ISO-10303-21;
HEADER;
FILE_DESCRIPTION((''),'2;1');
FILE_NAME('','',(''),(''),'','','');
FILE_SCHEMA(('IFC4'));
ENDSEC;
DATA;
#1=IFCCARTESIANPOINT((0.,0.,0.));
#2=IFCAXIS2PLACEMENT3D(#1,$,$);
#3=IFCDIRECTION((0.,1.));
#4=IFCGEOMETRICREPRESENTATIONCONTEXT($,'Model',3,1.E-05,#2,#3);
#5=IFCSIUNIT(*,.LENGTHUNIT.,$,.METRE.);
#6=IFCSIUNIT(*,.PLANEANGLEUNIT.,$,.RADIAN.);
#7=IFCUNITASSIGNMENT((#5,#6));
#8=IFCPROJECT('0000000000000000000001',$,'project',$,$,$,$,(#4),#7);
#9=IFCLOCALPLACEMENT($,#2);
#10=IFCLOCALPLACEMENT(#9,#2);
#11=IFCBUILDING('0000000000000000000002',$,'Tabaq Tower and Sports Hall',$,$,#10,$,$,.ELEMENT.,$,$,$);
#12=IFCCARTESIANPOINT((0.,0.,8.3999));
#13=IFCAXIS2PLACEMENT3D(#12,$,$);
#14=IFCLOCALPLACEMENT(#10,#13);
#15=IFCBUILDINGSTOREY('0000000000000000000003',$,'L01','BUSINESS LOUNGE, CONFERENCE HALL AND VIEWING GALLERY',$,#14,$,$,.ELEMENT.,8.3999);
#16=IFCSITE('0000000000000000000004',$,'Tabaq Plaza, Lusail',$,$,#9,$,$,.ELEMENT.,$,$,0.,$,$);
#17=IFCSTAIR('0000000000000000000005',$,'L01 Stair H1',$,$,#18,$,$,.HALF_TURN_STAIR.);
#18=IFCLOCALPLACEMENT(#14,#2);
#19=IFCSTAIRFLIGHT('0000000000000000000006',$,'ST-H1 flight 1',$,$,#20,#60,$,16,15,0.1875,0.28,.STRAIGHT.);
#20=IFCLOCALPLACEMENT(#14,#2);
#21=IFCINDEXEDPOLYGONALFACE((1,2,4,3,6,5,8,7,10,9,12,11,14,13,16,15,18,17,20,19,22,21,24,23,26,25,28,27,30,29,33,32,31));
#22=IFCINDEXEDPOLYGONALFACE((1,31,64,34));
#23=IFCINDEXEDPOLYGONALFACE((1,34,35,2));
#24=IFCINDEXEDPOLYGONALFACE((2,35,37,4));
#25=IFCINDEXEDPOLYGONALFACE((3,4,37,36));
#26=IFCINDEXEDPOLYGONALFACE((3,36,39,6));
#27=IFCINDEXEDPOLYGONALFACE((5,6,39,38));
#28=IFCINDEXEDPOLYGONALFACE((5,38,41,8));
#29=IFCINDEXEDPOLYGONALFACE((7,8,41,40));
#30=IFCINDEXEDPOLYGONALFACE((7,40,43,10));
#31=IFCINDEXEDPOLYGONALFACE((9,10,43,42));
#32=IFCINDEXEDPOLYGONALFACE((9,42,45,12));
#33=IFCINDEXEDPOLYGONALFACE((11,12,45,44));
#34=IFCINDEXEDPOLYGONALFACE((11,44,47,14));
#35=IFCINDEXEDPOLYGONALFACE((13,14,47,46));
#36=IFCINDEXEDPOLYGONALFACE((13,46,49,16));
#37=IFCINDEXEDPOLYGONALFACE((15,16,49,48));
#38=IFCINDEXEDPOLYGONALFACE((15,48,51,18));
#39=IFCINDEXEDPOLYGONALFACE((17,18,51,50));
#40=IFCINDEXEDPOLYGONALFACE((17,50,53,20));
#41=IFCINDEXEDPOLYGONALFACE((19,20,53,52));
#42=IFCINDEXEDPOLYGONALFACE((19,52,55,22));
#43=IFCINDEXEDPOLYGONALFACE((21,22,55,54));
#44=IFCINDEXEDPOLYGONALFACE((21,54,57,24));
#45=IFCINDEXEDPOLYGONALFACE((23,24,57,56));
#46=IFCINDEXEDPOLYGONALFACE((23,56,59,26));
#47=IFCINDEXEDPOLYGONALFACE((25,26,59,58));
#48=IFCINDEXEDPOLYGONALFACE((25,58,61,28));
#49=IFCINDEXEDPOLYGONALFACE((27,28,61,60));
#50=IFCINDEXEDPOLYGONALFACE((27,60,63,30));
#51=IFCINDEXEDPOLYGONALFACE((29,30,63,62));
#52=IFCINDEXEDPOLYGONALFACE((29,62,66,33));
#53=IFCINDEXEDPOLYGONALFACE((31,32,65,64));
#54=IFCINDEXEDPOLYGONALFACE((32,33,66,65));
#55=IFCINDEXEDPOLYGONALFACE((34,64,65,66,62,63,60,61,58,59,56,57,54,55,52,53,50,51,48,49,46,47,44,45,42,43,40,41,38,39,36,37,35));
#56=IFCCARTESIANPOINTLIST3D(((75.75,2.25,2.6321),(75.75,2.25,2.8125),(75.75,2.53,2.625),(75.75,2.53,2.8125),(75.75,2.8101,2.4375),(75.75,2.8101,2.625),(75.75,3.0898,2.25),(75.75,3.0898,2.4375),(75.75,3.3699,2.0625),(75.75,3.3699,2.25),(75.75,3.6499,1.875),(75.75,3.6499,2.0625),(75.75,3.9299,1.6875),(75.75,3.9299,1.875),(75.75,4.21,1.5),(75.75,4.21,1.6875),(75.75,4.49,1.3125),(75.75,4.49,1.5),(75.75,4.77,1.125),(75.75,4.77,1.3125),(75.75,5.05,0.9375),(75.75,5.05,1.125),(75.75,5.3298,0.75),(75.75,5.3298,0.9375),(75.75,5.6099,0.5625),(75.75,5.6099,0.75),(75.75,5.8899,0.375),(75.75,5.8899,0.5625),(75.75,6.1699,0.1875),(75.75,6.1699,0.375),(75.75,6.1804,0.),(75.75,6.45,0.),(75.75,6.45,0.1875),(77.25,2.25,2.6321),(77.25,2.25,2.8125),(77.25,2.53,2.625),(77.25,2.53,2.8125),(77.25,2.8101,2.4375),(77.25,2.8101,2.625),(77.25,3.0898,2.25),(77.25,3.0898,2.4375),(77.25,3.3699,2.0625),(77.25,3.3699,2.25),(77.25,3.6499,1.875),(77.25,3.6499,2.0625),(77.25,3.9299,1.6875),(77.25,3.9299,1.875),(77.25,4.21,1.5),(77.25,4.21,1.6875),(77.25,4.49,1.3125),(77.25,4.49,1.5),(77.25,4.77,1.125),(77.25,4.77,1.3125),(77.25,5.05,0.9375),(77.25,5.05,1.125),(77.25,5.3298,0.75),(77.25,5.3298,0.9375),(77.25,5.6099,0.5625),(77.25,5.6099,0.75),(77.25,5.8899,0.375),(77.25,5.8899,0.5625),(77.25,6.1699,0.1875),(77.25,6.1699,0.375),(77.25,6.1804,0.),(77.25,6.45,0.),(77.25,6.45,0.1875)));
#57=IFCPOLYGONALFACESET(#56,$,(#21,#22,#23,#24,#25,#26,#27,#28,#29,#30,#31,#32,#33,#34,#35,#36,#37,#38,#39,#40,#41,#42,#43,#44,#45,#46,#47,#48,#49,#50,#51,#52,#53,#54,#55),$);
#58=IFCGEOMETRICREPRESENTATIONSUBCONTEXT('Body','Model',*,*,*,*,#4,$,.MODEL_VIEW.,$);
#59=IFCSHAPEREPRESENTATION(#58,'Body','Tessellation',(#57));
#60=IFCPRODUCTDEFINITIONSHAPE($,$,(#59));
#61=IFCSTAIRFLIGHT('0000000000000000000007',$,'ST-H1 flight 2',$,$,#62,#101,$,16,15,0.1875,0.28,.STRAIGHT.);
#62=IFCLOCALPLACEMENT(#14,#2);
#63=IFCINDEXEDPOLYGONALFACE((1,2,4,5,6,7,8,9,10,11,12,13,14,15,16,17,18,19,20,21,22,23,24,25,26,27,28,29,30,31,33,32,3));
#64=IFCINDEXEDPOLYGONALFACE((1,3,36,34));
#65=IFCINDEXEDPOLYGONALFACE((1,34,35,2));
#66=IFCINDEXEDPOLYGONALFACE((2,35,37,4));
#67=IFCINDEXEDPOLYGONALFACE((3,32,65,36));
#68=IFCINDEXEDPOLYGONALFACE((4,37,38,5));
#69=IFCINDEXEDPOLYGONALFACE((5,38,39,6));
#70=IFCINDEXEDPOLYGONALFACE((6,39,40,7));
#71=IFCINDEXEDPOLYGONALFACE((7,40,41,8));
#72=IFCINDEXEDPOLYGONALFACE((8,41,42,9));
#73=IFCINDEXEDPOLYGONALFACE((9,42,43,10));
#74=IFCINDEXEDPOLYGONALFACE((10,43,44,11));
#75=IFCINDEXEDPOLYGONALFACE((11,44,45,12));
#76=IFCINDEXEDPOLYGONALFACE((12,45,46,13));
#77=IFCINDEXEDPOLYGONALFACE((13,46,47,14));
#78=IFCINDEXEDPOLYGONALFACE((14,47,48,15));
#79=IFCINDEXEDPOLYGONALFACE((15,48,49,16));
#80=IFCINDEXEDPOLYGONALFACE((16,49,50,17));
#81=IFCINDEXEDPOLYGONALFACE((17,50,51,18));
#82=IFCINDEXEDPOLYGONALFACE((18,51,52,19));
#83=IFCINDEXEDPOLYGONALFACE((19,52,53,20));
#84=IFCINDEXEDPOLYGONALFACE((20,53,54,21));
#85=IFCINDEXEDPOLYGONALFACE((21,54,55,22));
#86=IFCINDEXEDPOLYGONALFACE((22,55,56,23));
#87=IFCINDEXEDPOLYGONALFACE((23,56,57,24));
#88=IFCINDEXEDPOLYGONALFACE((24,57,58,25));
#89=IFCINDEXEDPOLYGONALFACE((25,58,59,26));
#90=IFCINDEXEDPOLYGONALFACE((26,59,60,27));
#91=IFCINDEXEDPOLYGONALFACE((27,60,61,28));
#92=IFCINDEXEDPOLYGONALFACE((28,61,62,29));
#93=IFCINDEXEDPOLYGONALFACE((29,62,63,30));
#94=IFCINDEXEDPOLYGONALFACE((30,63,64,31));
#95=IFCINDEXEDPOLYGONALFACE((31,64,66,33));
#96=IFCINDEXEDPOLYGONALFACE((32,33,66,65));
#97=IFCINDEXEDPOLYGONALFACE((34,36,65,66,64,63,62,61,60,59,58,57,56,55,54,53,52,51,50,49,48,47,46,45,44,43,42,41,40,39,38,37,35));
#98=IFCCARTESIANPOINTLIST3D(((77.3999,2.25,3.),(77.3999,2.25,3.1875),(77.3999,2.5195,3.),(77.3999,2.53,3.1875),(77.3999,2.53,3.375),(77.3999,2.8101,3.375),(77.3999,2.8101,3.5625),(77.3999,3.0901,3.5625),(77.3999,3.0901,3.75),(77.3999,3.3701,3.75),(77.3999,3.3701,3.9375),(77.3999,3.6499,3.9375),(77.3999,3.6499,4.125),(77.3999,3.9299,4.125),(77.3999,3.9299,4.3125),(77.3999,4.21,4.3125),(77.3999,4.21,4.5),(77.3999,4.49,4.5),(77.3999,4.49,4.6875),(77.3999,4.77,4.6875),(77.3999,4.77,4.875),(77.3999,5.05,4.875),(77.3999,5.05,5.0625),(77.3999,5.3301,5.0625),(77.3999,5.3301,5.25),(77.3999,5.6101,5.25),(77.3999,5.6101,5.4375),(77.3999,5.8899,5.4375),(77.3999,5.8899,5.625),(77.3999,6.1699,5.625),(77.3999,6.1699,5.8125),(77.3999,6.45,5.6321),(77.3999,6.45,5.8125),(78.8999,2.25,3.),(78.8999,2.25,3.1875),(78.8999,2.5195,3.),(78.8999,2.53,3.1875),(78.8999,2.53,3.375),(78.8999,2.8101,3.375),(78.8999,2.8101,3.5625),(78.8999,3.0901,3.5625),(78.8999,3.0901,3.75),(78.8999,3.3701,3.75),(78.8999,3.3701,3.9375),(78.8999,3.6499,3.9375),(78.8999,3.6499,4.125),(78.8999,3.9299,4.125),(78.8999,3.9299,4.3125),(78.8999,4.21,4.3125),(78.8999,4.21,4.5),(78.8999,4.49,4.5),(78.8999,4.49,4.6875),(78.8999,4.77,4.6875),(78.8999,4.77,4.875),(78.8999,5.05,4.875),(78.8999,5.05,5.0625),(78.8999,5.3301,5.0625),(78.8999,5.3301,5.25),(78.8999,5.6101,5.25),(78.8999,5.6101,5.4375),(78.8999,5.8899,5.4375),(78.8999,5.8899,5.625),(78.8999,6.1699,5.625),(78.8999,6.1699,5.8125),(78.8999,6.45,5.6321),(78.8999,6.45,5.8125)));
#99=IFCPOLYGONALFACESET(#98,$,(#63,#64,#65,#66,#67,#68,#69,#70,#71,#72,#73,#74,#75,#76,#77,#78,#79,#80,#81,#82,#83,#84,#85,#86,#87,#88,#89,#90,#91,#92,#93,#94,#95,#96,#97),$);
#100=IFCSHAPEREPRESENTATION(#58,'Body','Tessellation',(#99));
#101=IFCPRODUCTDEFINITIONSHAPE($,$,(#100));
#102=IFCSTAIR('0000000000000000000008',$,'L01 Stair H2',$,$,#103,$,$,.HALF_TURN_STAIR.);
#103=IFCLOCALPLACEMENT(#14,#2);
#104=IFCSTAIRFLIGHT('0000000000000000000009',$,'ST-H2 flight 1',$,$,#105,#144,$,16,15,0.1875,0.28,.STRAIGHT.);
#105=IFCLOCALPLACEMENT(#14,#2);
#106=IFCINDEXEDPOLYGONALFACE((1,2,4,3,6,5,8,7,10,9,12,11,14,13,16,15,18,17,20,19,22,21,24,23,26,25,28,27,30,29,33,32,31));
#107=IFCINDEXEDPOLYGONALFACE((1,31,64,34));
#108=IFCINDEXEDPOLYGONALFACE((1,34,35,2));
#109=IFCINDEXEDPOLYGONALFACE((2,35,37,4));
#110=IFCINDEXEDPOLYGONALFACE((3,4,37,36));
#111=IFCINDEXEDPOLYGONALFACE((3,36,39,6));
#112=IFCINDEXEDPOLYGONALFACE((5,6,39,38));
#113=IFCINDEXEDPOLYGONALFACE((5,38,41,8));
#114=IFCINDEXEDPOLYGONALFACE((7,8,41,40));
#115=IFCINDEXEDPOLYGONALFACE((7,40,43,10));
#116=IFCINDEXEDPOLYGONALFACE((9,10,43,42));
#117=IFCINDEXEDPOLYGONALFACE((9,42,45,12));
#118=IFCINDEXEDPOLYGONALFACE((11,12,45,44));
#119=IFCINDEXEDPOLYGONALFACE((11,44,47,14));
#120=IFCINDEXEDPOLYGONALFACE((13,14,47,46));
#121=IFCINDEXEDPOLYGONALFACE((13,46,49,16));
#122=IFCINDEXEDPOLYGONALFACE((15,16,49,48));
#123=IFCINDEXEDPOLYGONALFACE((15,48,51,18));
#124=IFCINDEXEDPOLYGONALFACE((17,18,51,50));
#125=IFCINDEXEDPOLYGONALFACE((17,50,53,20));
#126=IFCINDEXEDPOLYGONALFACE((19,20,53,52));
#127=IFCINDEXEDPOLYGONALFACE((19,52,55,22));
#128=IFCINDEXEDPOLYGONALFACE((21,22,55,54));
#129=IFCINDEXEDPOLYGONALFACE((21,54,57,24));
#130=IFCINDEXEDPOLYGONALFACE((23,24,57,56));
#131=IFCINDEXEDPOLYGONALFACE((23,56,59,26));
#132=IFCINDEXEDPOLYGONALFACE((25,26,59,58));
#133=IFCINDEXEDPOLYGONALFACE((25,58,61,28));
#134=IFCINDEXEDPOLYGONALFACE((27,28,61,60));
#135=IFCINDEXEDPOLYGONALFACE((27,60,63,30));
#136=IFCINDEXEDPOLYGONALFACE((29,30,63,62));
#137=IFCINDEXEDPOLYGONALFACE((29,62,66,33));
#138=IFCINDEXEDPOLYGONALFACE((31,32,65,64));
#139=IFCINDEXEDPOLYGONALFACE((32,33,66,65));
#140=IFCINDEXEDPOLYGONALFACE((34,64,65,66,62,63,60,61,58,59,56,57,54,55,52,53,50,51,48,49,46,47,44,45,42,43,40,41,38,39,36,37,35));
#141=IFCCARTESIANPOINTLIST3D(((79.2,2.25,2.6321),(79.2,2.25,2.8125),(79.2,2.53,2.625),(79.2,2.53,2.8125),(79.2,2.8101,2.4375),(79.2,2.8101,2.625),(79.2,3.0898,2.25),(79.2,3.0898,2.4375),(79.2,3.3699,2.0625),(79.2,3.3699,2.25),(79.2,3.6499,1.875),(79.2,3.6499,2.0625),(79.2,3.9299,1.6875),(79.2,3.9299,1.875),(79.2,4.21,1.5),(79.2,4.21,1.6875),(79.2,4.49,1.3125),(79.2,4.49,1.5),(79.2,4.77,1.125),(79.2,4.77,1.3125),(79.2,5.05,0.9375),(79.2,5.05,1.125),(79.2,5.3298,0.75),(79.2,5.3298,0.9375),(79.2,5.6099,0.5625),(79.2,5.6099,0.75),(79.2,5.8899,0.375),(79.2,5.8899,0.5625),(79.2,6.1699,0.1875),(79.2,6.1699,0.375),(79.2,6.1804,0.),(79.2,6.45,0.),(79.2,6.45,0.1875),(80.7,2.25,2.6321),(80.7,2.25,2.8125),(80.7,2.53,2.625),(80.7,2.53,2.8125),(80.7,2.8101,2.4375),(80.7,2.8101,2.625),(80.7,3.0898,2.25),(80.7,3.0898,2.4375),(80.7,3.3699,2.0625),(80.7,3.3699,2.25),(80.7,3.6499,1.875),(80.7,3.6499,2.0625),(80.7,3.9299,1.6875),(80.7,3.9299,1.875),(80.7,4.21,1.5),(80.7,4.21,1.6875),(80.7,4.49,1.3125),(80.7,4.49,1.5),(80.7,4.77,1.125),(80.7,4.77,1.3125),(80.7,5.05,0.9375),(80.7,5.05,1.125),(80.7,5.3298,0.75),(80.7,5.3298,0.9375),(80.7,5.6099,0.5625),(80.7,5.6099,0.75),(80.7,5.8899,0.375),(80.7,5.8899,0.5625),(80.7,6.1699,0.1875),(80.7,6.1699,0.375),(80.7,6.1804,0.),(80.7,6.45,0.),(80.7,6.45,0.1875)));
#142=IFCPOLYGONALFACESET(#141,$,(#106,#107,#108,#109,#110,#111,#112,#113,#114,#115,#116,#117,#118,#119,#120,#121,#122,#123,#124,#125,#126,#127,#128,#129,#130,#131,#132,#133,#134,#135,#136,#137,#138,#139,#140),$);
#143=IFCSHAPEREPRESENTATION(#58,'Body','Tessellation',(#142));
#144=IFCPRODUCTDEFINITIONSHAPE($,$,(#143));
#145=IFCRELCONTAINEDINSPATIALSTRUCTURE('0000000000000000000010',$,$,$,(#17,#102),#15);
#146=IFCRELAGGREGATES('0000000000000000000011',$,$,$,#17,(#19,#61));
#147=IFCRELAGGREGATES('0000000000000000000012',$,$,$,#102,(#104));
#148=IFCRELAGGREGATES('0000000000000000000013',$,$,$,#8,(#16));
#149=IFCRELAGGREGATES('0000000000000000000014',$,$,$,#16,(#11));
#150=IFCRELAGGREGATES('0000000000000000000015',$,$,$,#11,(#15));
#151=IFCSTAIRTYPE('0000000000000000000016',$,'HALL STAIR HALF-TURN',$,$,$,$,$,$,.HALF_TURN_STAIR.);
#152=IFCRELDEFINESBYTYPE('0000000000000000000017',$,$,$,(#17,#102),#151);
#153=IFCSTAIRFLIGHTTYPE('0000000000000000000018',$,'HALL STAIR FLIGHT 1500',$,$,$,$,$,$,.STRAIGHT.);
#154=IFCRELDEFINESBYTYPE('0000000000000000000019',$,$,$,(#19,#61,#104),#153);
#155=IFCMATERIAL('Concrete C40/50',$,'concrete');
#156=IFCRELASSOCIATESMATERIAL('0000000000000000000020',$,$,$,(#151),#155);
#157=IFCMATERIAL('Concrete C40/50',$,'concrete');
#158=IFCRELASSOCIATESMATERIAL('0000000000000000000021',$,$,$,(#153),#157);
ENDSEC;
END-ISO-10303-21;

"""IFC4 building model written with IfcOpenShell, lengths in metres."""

from ifc_helpers import new_model, si_unit, direction, frame, origin, place, context, subcontext, project, spatial, polyline, outline, extrude, material, type_object, element, aggregate, save


model = new_model("IFC4")

# Units and contexts
model_context = context("Model", 3, precision=1e-05, world=origin(), true_north=direction((0.0, 1.0)))
body_context = subcontext(model_context, "Body", "Model", "MODEL_VIEW")
ifc_project = project(units=[si_unit("LENGTHUNIT", "METRE"), si_unit("PLANEANGLEUNIT", "RADIAN")], contexts=[model_context])

# Site, building, storey
site_placement = place(None, origin())
site = spatial("IfcSite", under=ifc_project, at=site_placement, Name="Tabaq Plaza, Lusail", CompositionType="ELEMENT", RefElevation=0.0)
building_placement = place(site_placement, origin())
building = spatial("IfcBuilding", under=site, at=building_placement, Name="Tabaq Tower and Sports Hall", CompositionType="ELEMENT")
storey_placement = place(building_placement, frame((0.0, 0.0, 8.3999)))
storey = spatial("IfcBuildingStorey", under=building, at=storey_placement, Name="L01", Description="BUSINESS LOUNGE, CONFERENCE HALL AND VIEWING GALLERY", CompositionType="ELEMENT", Elevation=8.3999)

# Stair, stair flights
ifc_material_1 = material(Name="Concrete C40/50", Category="concrete")
stair_type = type_object("IfcStairType", Name="HALL STAIR HALF-TURN", PredefinedType="HALF_TURN_STAIR", material=ifc_material_1)
stair_1_placement = place(storey_placement, origin())
stair_1 = element("IfcStair", 1, at=stair_1_placement, inside=storey, type_object=stair_type, Name="L01 Stair H1", PredefinedType="HALF_TURN_STAIR")
ifc_material_2 = material(Name="Concrete C40/50", Category="concrete")
stair_flight_type = type_object("IfcStairFlightType", Name="HALL STAIR FLIGHT 1500", PredefinedType="STRAIGHT", material=ifc_material_2)
stair_flight_1_placement = place(storey_placement, frame((76.5, 6.45, 0.0), z_axis=(0.0, 0.0, 1.0), x_axis=(0.0, -1.0, 0.0)))
stair_flight_1 = element("IfcStairFlight", 2, at=stair_flight_1_placement, type_object=stair_flight_type, Name="ST-H1 flight 1", NumberOfRisers=16, NumberOfTreads=15, PredefinedType="STRAIGHT", RiserHeight=0.1875, TreadLength=0.28, context=body_context, shape_type="SweptSolid", body=[
    extrude(outline(polyline([(0.0, 0.0), (0.0, 0.1875), (0.28, 0.1875), (0.28, 0.375), (0.5601, 0.375), (0.5601, 0.5625), (0.8401, 0.5625), (0.8401, 0.75), (1.1201, 0.75), (1.1201, 0.9375), (1.3999, 0.9375), (1.3999, 1.125), (1.6799, 1.125), (1.6799, 1.3125), (1.96, 1.3125), (1.96, 1.5), (2.24, 1.5), (2.24, 1.6875), (2.52, 1.6875), (2.52, 1.875), (2.8, 1.875), (2.8, 2.0625), (3.0801, 2.0625), (3.0801, 2.25), (3.3601, 2.25), (3.3601, 2.4375), (3.6399, 2.4375), (3.6399, 2.625), (3.9199, 2.625), (3.9199, 2.8125), (4.2, 2.8125), (4.2, 3.0), (4.2, 2.6321), (0.2695, 0.0), (0.0, 0.0)])), frame((0.0, 0.75, 0.0), z_axis=(0.0, -1.0, 0.0), x_axis=(1.0, 0.0, 0.0)), (0.0, 0.0, 1.0), 1.5),
])
stair_flight_2_placement = place(storey_placement, frame((78.1499, 2.25, 3.0), z_axis=(0.0, 0.0, 1.0), x_axis=(0.0, 1.0, 0.0)))
stair_flight_2 = element("IfcStairFlight", 3, at=stair_flight_2_placement, type_object=stair_flight_type, Name="ST-H1 flight 2", NumberOfRisers=16, NumberOfTreads=15, PredefinedType="STRAIGHT", RiserHeight=0.1875, TreadLength=0.28, context=body_context, shape_type="SweptSolid", body=[
    extrude(outline(polyline([(0.0, 0.0), (0.0, 0.1875), (0.28, 0.1875), (0.28, 0.375), (0.5601, 0.375), (0.5601, 0.5625), (0.8401, 0.5625), (0.8401, 0.75), (1.1201, 0.75), (1.1201, 0.9375), (1.3999, 0.9375), (1.3999, 1.125), (1.6799, 1.125), (1.6799, 1.3125), (1.96, 1.3125), (1.96, 1.5), (2.24, 1.5), (2.24, 1.6875), (2.52, 1.6875), (2.52, 1.875), (2.8, 1.875), (2.8, 2.0625), (3.0801, 2.0625), (3.0801, 2.25), (3.3601, 2.25), (3.3601, 2.4375), (3.6399, 2.4375), (3.6399, 2.625), (3.9199, 2.625), (3.9199, 2.8125), (4.2, 2.8125), (4.2, 3.0), (4.2, 2.6321), (0.2695, 0.0), (0.0, 0.0)])), frame((0.0, 0.75, 0.0), z_axis=(0.0, -1.0, 0.0), x_axis=(1.0, 0.0, 0.0)), (0.0, 0.0, 1.0), 1.5),
])
aggregate(stair_1, [stair_flight_1, stair_flight_2])

# Stair, stair flight
stair_2_placement = place(storey_placement, origin())
stair_2 = element("IfcStair", 4, at=stair_2_placement, inside=storey, type_object=stair_type, Name="L01 Stair H2", PredefinedType="HALF_TURN_STAIR")
stair_flight_3_placement = place(storey_placement, frame((79.95, 6.45, 0.0), z_axis=(0.0, 0.0, 1.0), x_axis=(0.0, -1.0, 0.0)))
stair_flight_3 = element("IfcStairFlight", 5, at=stair_flight_3_placement, type_object=stair_flight_type, Name="ST-H2 flight 1", NumberOfRisers=16, NumberOfTreads=15, PredefinedType="STRAIGHT", RiserHeight=0.1875, TreadLength=0.28, context=body_context, shape_type="SweptSolid", body=[
    extrude(outline(polyline([(0.0, 0.0), (0.0, 0.1875), (0.28, 0.1875), (0.28, 0.375), (0.5601, 0.375), (0.5601, 0.5625), (0.8401, 0.5625), (0.8401, 0.75), (1.1201, 0.75), (1.1201, 0.9375), (1.3999, 0.9375), (1.3999, 1.125), (1.6799, 1.125), (1.6799, 1.3125), (1.96, 1.3125), (1.96, 1.5), (2.24, 1.5), (2.24, 1.6875), (2.52, 1.6875), (2.52, 1.875), (2.8, 1.875), (2.8, 2.0625), (3.0801, 2.0625), (3.0801, 2.25), (3.3601, 2.25), (3.3601, 2.4375), (3.6399, 2.4375), (3.6399, 2.625), (3.9199, 2.625), (3.9199, 2.8125), (4.2, 2.8125), (4.2, 3.0), (4.2, 2.6321), (0.2695, 0.0), (0.0, 0.0)])), frame((0.0, 0.75, 0.0), z_axis=(0.0, -1.0, 0.0), x_axis=(1.0, 0.0, 0.0)), (0.0, 0.0, 1.0), 1.5),
])
aggregate(stair_2, [stair_flight_3])

save(model, "model.ifc")
